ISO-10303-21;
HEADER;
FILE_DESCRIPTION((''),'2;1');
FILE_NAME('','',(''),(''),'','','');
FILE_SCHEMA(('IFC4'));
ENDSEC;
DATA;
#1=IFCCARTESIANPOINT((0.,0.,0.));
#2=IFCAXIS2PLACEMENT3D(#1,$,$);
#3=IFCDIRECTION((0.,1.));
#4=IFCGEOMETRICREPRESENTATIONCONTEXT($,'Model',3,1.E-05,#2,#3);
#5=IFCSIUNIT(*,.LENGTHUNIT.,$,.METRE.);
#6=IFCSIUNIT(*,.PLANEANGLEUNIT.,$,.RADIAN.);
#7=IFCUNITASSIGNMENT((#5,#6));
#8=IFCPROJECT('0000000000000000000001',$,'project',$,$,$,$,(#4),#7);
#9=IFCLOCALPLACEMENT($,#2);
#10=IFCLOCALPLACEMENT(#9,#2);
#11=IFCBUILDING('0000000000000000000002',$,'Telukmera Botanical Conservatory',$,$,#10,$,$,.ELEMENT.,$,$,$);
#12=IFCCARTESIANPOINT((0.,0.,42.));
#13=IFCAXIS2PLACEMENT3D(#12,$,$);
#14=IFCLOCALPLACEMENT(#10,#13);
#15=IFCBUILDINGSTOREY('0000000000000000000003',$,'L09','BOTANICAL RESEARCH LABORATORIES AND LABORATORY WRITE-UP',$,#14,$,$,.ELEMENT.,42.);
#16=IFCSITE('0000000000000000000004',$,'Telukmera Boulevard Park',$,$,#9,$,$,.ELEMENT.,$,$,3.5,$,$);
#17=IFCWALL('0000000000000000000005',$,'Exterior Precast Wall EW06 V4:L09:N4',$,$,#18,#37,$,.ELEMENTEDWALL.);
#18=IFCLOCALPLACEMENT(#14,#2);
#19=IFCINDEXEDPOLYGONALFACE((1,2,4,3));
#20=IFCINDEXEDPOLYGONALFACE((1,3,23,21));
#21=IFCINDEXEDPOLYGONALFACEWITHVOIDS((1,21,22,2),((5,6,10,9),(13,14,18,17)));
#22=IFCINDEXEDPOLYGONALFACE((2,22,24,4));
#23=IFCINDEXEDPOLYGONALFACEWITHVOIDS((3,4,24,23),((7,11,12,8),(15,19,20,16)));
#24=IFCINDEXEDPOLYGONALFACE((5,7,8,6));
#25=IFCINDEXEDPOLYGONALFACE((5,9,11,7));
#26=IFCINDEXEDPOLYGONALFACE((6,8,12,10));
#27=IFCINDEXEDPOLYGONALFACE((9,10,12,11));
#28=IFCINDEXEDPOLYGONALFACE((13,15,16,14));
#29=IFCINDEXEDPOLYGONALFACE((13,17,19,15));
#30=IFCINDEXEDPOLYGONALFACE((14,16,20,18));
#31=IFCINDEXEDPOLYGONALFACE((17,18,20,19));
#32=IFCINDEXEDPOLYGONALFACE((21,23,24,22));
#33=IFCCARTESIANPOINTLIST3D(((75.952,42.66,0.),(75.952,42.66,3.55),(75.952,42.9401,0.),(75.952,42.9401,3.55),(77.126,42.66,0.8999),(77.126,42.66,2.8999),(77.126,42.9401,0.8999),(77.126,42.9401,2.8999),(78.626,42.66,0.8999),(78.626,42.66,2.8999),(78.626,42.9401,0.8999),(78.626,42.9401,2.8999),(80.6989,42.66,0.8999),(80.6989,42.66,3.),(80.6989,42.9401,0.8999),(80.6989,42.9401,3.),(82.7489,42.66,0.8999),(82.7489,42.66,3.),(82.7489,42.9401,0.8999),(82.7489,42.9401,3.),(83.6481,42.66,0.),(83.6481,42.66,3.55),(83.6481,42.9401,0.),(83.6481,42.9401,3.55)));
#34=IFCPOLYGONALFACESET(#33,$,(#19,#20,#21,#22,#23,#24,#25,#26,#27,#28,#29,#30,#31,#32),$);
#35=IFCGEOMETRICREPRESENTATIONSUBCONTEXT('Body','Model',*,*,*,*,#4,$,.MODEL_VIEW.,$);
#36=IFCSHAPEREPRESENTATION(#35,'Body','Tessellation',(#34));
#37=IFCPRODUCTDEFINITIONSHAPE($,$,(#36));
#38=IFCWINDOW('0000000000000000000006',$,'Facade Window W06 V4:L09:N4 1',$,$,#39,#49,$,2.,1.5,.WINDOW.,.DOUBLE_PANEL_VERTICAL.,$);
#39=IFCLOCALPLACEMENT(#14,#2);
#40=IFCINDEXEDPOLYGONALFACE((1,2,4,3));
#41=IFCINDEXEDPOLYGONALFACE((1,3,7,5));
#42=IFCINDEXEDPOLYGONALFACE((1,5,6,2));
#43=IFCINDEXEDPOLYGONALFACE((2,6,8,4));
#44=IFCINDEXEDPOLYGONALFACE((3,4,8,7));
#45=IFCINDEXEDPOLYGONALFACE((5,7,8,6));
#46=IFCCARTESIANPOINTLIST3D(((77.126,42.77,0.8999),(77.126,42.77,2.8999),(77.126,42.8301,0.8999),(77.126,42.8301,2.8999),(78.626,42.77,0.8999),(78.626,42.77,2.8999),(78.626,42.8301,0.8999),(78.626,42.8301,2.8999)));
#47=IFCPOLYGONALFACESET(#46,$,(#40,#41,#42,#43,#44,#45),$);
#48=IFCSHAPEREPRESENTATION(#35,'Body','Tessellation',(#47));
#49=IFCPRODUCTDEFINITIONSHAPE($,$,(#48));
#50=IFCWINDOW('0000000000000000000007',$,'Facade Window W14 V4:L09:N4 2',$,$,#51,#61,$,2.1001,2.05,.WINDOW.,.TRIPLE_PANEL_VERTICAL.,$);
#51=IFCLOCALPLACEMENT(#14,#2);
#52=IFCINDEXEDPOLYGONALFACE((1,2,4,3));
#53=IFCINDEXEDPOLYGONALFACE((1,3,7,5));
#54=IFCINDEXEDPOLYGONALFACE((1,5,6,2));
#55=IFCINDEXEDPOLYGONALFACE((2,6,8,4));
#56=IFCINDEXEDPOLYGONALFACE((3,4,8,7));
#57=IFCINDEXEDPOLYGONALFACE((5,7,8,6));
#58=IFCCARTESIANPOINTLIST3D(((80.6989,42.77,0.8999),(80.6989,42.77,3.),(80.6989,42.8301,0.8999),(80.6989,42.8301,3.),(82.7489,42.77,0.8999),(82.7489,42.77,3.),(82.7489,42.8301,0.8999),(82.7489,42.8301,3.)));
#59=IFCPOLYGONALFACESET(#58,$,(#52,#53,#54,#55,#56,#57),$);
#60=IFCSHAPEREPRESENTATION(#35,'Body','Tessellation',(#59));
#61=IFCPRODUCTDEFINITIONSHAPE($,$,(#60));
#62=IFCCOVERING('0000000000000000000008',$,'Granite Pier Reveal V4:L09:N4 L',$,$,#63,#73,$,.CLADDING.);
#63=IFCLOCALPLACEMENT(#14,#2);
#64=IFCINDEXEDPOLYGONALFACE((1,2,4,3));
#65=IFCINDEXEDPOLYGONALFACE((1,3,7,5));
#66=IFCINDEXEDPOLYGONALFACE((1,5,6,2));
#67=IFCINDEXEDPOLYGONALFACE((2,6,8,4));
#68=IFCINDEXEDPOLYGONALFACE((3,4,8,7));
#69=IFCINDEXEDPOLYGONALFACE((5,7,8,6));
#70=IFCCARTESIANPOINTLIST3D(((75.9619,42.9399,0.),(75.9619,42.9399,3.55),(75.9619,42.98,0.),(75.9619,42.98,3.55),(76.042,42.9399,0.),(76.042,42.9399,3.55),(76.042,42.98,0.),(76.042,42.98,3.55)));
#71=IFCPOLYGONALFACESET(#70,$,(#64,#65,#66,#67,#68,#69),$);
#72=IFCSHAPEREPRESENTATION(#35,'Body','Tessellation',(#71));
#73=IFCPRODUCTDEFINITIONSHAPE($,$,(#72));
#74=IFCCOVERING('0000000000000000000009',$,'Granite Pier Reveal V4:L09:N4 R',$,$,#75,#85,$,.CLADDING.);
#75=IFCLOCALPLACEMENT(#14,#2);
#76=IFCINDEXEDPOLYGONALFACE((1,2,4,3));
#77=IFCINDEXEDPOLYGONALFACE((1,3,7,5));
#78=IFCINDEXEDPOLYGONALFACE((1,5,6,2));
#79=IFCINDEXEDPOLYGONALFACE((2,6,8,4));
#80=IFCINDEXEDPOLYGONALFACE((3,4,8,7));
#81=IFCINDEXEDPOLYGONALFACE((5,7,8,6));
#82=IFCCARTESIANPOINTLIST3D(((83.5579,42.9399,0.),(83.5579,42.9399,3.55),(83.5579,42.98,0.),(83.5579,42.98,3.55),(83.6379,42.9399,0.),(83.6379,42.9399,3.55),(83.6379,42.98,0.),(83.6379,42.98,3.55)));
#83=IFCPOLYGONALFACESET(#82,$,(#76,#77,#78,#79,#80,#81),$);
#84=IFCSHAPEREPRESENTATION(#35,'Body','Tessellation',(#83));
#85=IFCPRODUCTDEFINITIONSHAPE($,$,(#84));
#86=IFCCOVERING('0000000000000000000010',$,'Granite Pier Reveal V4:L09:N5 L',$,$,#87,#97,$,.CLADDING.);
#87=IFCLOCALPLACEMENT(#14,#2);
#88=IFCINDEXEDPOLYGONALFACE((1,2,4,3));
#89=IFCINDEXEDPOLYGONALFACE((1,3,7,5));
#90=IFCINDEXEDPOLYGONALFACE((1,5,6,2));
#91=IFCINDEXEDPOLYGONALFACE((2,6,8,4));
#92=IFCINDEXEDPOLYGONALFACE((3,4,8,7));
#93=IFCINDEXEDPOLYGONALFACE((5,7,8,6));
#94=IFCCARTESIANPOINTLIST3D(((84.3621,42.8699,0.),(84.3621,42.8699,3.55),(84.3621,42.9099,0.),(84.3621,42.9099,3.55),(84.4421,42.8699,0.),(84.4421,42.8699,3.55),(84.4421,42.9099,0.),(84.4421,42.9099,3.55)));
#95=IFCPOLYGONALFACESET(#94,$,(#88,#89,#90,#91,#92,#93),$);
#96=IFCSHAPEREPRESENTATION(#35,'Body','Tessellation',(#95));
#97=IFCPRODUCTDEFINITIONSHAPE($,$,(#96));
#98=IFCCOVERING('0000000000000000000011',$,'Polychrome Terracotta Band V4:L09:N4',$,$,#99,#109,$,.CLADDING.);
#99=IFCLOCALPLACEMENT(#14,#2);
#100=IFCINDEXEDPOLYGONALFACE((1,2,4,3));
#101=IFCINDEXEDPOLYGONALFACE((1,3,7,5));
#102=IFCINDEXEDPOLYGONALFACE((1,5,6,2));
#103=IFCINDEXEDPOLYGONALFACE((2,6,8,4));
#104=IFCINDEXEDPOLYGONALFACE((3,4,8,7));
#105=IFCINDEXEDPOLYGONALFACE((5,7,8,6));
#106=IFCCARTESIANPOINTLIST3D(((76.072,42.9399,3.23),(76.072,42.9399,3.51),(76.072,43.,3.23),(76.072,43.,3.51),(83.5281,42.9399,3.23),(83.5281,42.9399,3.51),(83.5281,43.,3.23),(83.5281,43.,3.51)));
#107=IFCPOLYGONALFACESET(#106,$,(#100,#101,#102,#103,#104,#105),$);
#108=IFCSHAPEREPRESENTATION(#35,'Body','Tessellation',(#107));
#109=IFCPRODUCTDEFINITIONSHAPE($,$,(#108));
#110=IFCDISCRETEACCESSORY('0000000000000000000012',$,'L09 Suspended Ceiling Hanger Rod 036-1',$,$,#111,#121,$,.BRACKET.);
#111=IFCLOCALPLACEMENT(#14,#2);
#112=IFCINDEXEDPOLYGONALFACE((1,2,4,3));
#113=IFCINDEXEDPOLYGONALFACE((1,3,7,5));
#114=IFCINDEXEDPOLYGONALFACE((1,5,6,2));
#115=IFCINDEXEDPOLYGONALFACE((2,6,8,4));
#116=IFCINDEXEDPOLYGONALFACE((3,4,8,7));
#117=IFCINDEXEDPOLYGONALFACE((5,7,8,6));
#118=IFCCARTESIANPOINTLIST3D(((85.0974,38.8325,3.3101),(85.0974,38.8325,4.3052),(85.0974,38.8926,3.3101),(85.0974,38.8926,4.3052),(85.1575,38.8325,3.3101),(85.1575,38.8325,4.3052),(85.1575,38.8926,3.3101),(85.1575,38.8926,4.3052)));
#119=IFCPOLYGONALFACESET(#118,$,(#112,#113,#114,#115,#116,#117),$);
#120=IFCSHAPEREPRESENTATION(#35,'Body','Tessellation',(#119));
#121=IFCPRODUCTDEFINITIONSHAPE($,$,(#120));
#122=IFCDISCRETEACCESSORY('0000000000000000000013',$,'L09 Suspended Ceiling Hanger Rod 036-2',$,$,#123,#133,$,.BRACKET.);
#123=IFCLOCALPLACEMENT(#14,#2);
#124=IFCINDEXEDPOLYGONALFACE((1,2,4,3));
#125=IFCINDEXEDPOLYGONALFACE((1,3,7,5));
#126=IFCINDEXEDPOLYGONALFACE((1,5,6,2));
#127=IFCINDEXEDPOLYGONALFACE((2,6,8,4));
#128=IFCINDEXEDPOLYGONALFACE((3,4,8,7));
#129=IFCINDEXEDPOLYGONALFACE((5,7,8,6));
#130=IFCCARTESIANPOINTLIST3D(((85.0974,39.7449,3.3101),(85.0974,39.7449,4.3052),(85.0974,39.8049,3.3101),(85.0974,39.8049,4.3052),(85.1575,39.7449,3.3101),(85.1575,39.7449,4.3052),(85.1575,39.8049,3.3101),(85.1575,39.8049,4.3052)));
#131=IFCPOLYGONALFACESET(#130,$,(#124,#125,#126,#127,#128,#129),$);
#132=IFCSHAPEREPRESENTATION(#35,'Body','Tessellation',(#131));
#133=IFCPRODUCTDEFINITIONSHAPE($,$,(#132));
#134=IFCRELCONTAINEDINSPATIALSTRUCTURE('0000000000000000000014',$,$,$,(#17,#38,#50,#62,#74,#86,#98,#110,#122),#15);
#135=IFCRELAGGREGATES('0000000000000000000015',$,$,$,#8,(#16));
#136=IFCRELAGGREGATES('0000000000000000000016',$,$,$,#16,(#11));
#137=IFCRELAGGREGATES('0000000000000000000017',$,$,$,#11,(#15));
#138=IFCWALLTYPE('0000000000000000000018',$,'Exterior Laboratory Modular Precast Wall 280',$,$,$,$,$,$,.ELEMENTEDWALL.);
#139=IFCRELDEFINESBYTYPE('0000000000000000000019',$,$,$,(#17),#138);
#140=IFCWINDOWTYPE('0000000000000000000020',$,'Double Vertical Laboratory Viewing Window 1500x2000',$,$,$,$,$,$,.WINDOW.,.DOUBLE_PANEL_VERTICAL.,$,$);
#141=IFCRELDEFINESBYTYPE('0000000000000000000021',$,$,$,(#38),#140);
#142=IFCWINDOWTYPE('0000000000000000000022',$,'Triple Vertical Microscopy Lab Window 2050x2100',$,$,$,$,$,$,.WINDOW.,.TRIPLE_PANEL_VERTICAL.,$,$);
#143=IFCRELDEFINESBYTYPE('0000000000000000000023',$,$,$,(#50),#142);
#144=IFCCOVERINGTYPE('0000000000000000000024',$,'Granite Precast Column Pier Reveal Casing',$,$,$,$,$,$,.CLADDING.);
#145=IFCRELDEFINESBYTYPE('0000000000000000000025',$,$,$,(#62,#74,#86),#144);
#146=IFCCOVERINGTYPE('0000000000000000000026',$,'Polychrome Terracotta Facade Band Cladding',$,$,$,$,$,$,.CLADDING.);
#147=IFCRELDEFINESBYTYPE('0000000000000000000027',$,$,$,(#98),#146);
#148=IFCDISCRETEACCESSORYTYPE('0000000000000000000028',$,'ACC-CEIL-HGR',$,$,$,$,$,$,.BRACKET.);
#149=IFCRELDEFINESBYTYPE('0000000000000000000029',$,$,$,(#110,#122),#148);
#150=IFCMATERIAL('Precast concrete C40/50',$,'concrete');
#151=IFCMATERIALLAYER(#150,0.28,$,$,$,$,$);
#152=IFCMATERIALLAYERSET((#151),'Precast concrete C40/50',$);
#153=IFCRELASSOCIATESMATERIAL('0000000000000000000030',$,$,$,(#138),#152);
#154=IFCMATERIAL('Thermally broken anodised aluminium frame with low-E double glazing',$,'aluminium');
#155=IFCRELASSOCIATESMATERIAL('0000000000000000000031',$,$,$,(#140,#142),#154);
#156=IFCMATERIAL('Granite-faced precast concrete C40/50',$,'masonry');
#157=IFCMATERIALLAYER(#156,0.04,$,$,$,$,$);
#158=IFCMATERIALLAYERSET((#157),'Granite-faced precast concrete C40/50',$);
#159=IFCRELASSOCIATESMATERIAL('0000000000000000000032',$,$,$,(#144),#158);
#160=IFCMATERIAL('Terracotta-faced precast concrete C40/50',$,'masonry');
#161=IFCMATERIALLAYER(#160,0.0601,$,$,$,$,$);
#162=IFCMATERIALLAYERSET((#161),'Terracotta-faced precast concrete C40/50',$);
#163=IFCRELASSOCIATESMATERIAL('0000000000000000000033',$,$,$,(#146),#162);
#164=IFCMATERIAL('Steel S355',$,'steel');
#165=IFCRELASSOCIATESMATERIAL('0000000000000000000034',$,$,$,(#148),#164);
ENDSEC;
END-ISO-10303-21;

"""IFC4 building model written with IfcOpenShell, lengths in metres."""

from ifc_helpers import new_model, si_unit, direction, frame, frame_2d, origin, origin_2d, place, context, subcontext, project, spatial, rectangle, extrude, material, layer, layer_set, type_object, element, fill, save


model = new_model("IFC4")

# Units and contexts
model_context = context("Model", 3, precision=1e-05, world=origin(), true_north=direction((0.0, 1.0)))
body_context = subcontext(model_context, "Body", "Model", "MODEL_VIEW")
ifc_project = project(units=[si_unit("LENGTHUNIT", "METRE"), si_unit("PLANEANGLEUNIT", "RADIAN")], contexts=[model_context])

# Site, building, storey
site_placement = place(None, origin())
site = spatial("IfcSite", under=ifc_project, at=site_placement, Name="Telukmera Boulevard Park", CompositionType="ELEMENT", RefElevation=3.5)
building_placement = place(site_placement, origin())
building = spatial("IfcBuilding", under=site, at=building_placement, Name="Telukmera Botanical Conservatory", CompositionType="ELEMENT")
storey_placement = place(building_placement, frame((0.0, 0.0, 42.0)))
storey = spatial("IfcBuildingStorey", under=building, at=storey_placement, Name="L09", Description="BOTANICAL RESEARCH LABORATORIES AND LABORATORY WRITE-UP", CompositionType="ELEMENT", Elevation=42.0)

# Shared definitions
ifc_material_1 = material(Name="Precast concrete C40/50", Category="concrete")

# Wall, openings, windows
ifc_layer_1 = layer(ifc_material_1, 0.28)
ifc_layer_set_1 = layer_set([ifc_layer_1], Name="Precast concrete C40/50")
wall_type = type_object("IfcWallType", Name="Exterior Laboratory Modular Precast Wall 280", PredefinedType="ELEMENTEDWALL", material=ifc_layer_set_1)
wall_placement = place(storey_placement, frame((75.9519, 42.8, 0.0), z_axis=(0.0, 0.0, 1.0), x_axis=(1.0, 0.0, 0.0)))
wall = element("IfcWall", 1, at=wall_placement, inside=storey, type_object=wall_type, Name="Exterior Precast Wall EW06 V4:L09:N4", PredefinedType="ELEMENTEDWALL", context=body_context, shape_type="SweptSolid", body=[
    extrude(rectangle(XDim=7.696, YDim=0.28, at=frame_2d((3.8481, 0.0))), origin(), (0.0, 0.0, 1.0), 3.55),
])
opening_1_placement = place(wall_placement, frame((1.1741, 0.0, 0.8999)))
opening_1 = element("IfcOpeningElement", 2, at=opening_1_placement, cuts=wall, PredefinedType="OPENING", context=body_context, shape_type="SweptSolid", body=[
    extrude(rectangle(XDim=1.5, YDim=2.0, at=frame_2d((0.75, 1.0))), frame((0.0, 0.1499, 0.0), z_axis=(0.0, -1.0, 0.0), x_axis=(1.0, 0.0, 0.0)), (0.0, 0.0, 1.0), 0.3),
])
opening_2_placement = place(wall_placement, frame((4.7471, 0.0, 0.8999)))
opening_2 = element("IfcOpeningElement", 3, at=opening_2_placement, cuts=wall, PredefinedType="OPENING", context=body_context, shape_type="SweptSolid", body=[
    extrude(rectangle(XDim=2.05, YDim=2.1001, at=frame_2d((1.0249, 1.05))), frame((0.0, 0.1499, 0.0), z_axis=(0.0, -1.0, 0.0), x_axis=(1.0, 0.0, 0.0)), (0.0, 0.0, 1.0), 0.3),
])
ifc_material_2 = material(Name="Thermally broken anodised aluminium frame with low-E double glazing", Category="aluminium")
window_type_1 = type_object("IfcWindowType", Name="Double Vertical Laboratory Viewing Window 1500x2000", PartitioningType="DOUBLE_PANEL_VERTICAL", PredefinedType="WINDOW", material=ifc_material_2)
window_1_placement = place(opening_1_placement, origin())
window_1 = element("IfcWindow", 4, at=window_1_placement, inside=storey, type_object=window_type_1, Name="Facade Window W06 V4:L09:N4 1", OverallHeight=2.0, OverallWidth=1.5, PartitioningType="DOUBLE_PANEL_VERTICAL", PredefinedType="WINDOW", context=body_context, shape_type="SweptSolid", body=[
    extrude(rectangle(XDim=1.5, YDim=2.0, at=frame_2d((0.75, 1.0))), frame((0.0, 0.03, 0.0), z_axis=(0.0, -1.0, 0.0), x_axis=(1.0, 0.0, 0.0)), (0.0, 0.0, 1.0), 0.0601),
])
fill(opening_1, window_1)
window_type_2 = type_object("IfcWindowType", Name="Triple Vertical Microscopy Lab Window 2050x2100", PartitioningType="TRIPLE_PANEL_VERTICAL", PredefinedType="WINDOW", material=ifc_material_2)
window_2_placement = place(opening_2_placement, origin())
window_2 = element("IfcWindow", 5, at=window_2_placement, inside=storey, type_object=window_type_2, Name="Facade Window W14 V4:L09:N4 2", OverallHeight=2.1001, OverallWidth=2.05, PartitioningType="TRIPLE_PANEL_VERTICAL", PredefinedType="WINDOW", context=body_context, shape_type="SweptSolid", body=[
    extrude(rectangle(XDim=2.05, YDim=2.1001, at=frame_2d((1.0249, 1.05))), frame((0.0, 0.03, 0.0), z_axis=(0.0, -1.0, 0.0), x_axis=(1.0, 0.0, 0.0)), (0.0, 0.0, 1.0), 0.0601),
])
fill(opening_2, window_2)

# Coverings
ifc_material_3 = material(Name="Granite-faced precast concrete C40/50", Category="masonry")
ifc_layer_2 = layer(ifc_material_3, 0.04)
ifc_layer_set_2 = layer_set([ifc_layer_2], Name="Granite-faced precast concrete C40/50")
covering_type_1 = type_object("IfcCoveringType", Name="Granite Precast Column Pier Reveal Casing", PredefinedType="CLADDING", material=ifc_layer_set_2)
for number, where, z_axis, x_axis, name in (
    (6, (76.002, 42.96, 0.0), (0.0, 0.0, 1.0), (1.0, 0.0, 0.0), "Granite Pier Reveal V4:L09:N4 L"),
    (7, (83.5979, 42.96, 0.0), (0.0, 0.0, 1.0), (1.0, 0.0, 0.0), "Granite Pier Reveal V4:L09:N4 R"),
    (8, (84.4021, 42.8899, 0.0), (0.0, 0.0, 1.0), (1.0, 0.0, 0.0), "Granite Pier Reveal V4:L09:N5 L"),
):
    element("IfcCovering", number, at=place(storey_placement, frame(where, z_axis=z_axis, x_axis=x_axis)), inside=storey, type_object=covering_type_1, Name=name, PredefinedType="CLADDING", context=body_context, shape_type="SweptSolid", body=[
        extrude(rectangle(XDim=0.0801, YDim=0.04, at=origin_2d()), origin(), (0.0, 0.0, 1.0), 3.55),
    ])
ifc_material_4 = material(Name="Terracotta-faced precast concrete C40/50", Category="masonry")
ifc_layer_3 = layer(ifc_material_4, 0.0601)
ifc_layer_set_3 = layer_set([ifc_layer_3], Name="Terracotta-faced precast concrete C40/50")
covering_type_2 = type_object("IfcCoveringType", Name="Polychrome Terracotta Facade Band Cladding", PredefinedType="CLADDING", material=ifc_layer_set_3)
covering_placement = place(storey_placement, frame((79.8, 42.97, 3.23), z_axis=(0.0, 0.0, 1.0), x_axis=(1.0, 0.0, 0.0)))
element("IfcCovering", 9, at=covering_placement, inside=storey, type_object=covering_type_2, Name="Polychrome Terracotta Band V4:L09:N4", PredefinedType="CLADDING", context=body_context, shape_type="SweptSolid", body=[
    extrude(rectangle(XDim=7.4561, YDim=0.0601, at=origin_2d()), origin(), (0.0, 0.0, 1.0), 0.28),
])

# Discrete accessories
ifc_material_5 = material(Name="Steel S355", Category="steel")
discrete_accessory_type = type_object("IfcDiscreteAccessoryType", Name="ACC-CEIL-HGR", PredefinedType="BRACKET", material=ifc_material_5)
for number, where, z_axis, x_axis, name in (
    (10, (85.1274, 38.8625, 3.3101), (0.0, 0.0, 1.0), (1.0, 0.0, 0.0), "L09 Suspended Ceiling Hanger Rod 036-1"),
    (11, (85.1274, 39.7749, 3.3101), (0.0, 0.0, 1.0), (1.0, 0.0, 0.0), "L09 Suspended Ceiling Hanger Rod 036-2"),
):
    element("IfcDiscreteAccessory", number, at=place(storey_placement, frame(where, z_axis=z_axis, x_axis=x_axis)), inside=storey, type_object=discrete_accessory_type, Name=name, PredefinedType="BRACKET", context=body_context, shape_type="SweptSolid", body=[
        extrude(rectangle(XDim=0.0601, YDim=0.0601, at=origin_2d()), origin(), (0.0, 0.0, 1.0), 0.9951),
    ])

save(model, "model.ifc")
